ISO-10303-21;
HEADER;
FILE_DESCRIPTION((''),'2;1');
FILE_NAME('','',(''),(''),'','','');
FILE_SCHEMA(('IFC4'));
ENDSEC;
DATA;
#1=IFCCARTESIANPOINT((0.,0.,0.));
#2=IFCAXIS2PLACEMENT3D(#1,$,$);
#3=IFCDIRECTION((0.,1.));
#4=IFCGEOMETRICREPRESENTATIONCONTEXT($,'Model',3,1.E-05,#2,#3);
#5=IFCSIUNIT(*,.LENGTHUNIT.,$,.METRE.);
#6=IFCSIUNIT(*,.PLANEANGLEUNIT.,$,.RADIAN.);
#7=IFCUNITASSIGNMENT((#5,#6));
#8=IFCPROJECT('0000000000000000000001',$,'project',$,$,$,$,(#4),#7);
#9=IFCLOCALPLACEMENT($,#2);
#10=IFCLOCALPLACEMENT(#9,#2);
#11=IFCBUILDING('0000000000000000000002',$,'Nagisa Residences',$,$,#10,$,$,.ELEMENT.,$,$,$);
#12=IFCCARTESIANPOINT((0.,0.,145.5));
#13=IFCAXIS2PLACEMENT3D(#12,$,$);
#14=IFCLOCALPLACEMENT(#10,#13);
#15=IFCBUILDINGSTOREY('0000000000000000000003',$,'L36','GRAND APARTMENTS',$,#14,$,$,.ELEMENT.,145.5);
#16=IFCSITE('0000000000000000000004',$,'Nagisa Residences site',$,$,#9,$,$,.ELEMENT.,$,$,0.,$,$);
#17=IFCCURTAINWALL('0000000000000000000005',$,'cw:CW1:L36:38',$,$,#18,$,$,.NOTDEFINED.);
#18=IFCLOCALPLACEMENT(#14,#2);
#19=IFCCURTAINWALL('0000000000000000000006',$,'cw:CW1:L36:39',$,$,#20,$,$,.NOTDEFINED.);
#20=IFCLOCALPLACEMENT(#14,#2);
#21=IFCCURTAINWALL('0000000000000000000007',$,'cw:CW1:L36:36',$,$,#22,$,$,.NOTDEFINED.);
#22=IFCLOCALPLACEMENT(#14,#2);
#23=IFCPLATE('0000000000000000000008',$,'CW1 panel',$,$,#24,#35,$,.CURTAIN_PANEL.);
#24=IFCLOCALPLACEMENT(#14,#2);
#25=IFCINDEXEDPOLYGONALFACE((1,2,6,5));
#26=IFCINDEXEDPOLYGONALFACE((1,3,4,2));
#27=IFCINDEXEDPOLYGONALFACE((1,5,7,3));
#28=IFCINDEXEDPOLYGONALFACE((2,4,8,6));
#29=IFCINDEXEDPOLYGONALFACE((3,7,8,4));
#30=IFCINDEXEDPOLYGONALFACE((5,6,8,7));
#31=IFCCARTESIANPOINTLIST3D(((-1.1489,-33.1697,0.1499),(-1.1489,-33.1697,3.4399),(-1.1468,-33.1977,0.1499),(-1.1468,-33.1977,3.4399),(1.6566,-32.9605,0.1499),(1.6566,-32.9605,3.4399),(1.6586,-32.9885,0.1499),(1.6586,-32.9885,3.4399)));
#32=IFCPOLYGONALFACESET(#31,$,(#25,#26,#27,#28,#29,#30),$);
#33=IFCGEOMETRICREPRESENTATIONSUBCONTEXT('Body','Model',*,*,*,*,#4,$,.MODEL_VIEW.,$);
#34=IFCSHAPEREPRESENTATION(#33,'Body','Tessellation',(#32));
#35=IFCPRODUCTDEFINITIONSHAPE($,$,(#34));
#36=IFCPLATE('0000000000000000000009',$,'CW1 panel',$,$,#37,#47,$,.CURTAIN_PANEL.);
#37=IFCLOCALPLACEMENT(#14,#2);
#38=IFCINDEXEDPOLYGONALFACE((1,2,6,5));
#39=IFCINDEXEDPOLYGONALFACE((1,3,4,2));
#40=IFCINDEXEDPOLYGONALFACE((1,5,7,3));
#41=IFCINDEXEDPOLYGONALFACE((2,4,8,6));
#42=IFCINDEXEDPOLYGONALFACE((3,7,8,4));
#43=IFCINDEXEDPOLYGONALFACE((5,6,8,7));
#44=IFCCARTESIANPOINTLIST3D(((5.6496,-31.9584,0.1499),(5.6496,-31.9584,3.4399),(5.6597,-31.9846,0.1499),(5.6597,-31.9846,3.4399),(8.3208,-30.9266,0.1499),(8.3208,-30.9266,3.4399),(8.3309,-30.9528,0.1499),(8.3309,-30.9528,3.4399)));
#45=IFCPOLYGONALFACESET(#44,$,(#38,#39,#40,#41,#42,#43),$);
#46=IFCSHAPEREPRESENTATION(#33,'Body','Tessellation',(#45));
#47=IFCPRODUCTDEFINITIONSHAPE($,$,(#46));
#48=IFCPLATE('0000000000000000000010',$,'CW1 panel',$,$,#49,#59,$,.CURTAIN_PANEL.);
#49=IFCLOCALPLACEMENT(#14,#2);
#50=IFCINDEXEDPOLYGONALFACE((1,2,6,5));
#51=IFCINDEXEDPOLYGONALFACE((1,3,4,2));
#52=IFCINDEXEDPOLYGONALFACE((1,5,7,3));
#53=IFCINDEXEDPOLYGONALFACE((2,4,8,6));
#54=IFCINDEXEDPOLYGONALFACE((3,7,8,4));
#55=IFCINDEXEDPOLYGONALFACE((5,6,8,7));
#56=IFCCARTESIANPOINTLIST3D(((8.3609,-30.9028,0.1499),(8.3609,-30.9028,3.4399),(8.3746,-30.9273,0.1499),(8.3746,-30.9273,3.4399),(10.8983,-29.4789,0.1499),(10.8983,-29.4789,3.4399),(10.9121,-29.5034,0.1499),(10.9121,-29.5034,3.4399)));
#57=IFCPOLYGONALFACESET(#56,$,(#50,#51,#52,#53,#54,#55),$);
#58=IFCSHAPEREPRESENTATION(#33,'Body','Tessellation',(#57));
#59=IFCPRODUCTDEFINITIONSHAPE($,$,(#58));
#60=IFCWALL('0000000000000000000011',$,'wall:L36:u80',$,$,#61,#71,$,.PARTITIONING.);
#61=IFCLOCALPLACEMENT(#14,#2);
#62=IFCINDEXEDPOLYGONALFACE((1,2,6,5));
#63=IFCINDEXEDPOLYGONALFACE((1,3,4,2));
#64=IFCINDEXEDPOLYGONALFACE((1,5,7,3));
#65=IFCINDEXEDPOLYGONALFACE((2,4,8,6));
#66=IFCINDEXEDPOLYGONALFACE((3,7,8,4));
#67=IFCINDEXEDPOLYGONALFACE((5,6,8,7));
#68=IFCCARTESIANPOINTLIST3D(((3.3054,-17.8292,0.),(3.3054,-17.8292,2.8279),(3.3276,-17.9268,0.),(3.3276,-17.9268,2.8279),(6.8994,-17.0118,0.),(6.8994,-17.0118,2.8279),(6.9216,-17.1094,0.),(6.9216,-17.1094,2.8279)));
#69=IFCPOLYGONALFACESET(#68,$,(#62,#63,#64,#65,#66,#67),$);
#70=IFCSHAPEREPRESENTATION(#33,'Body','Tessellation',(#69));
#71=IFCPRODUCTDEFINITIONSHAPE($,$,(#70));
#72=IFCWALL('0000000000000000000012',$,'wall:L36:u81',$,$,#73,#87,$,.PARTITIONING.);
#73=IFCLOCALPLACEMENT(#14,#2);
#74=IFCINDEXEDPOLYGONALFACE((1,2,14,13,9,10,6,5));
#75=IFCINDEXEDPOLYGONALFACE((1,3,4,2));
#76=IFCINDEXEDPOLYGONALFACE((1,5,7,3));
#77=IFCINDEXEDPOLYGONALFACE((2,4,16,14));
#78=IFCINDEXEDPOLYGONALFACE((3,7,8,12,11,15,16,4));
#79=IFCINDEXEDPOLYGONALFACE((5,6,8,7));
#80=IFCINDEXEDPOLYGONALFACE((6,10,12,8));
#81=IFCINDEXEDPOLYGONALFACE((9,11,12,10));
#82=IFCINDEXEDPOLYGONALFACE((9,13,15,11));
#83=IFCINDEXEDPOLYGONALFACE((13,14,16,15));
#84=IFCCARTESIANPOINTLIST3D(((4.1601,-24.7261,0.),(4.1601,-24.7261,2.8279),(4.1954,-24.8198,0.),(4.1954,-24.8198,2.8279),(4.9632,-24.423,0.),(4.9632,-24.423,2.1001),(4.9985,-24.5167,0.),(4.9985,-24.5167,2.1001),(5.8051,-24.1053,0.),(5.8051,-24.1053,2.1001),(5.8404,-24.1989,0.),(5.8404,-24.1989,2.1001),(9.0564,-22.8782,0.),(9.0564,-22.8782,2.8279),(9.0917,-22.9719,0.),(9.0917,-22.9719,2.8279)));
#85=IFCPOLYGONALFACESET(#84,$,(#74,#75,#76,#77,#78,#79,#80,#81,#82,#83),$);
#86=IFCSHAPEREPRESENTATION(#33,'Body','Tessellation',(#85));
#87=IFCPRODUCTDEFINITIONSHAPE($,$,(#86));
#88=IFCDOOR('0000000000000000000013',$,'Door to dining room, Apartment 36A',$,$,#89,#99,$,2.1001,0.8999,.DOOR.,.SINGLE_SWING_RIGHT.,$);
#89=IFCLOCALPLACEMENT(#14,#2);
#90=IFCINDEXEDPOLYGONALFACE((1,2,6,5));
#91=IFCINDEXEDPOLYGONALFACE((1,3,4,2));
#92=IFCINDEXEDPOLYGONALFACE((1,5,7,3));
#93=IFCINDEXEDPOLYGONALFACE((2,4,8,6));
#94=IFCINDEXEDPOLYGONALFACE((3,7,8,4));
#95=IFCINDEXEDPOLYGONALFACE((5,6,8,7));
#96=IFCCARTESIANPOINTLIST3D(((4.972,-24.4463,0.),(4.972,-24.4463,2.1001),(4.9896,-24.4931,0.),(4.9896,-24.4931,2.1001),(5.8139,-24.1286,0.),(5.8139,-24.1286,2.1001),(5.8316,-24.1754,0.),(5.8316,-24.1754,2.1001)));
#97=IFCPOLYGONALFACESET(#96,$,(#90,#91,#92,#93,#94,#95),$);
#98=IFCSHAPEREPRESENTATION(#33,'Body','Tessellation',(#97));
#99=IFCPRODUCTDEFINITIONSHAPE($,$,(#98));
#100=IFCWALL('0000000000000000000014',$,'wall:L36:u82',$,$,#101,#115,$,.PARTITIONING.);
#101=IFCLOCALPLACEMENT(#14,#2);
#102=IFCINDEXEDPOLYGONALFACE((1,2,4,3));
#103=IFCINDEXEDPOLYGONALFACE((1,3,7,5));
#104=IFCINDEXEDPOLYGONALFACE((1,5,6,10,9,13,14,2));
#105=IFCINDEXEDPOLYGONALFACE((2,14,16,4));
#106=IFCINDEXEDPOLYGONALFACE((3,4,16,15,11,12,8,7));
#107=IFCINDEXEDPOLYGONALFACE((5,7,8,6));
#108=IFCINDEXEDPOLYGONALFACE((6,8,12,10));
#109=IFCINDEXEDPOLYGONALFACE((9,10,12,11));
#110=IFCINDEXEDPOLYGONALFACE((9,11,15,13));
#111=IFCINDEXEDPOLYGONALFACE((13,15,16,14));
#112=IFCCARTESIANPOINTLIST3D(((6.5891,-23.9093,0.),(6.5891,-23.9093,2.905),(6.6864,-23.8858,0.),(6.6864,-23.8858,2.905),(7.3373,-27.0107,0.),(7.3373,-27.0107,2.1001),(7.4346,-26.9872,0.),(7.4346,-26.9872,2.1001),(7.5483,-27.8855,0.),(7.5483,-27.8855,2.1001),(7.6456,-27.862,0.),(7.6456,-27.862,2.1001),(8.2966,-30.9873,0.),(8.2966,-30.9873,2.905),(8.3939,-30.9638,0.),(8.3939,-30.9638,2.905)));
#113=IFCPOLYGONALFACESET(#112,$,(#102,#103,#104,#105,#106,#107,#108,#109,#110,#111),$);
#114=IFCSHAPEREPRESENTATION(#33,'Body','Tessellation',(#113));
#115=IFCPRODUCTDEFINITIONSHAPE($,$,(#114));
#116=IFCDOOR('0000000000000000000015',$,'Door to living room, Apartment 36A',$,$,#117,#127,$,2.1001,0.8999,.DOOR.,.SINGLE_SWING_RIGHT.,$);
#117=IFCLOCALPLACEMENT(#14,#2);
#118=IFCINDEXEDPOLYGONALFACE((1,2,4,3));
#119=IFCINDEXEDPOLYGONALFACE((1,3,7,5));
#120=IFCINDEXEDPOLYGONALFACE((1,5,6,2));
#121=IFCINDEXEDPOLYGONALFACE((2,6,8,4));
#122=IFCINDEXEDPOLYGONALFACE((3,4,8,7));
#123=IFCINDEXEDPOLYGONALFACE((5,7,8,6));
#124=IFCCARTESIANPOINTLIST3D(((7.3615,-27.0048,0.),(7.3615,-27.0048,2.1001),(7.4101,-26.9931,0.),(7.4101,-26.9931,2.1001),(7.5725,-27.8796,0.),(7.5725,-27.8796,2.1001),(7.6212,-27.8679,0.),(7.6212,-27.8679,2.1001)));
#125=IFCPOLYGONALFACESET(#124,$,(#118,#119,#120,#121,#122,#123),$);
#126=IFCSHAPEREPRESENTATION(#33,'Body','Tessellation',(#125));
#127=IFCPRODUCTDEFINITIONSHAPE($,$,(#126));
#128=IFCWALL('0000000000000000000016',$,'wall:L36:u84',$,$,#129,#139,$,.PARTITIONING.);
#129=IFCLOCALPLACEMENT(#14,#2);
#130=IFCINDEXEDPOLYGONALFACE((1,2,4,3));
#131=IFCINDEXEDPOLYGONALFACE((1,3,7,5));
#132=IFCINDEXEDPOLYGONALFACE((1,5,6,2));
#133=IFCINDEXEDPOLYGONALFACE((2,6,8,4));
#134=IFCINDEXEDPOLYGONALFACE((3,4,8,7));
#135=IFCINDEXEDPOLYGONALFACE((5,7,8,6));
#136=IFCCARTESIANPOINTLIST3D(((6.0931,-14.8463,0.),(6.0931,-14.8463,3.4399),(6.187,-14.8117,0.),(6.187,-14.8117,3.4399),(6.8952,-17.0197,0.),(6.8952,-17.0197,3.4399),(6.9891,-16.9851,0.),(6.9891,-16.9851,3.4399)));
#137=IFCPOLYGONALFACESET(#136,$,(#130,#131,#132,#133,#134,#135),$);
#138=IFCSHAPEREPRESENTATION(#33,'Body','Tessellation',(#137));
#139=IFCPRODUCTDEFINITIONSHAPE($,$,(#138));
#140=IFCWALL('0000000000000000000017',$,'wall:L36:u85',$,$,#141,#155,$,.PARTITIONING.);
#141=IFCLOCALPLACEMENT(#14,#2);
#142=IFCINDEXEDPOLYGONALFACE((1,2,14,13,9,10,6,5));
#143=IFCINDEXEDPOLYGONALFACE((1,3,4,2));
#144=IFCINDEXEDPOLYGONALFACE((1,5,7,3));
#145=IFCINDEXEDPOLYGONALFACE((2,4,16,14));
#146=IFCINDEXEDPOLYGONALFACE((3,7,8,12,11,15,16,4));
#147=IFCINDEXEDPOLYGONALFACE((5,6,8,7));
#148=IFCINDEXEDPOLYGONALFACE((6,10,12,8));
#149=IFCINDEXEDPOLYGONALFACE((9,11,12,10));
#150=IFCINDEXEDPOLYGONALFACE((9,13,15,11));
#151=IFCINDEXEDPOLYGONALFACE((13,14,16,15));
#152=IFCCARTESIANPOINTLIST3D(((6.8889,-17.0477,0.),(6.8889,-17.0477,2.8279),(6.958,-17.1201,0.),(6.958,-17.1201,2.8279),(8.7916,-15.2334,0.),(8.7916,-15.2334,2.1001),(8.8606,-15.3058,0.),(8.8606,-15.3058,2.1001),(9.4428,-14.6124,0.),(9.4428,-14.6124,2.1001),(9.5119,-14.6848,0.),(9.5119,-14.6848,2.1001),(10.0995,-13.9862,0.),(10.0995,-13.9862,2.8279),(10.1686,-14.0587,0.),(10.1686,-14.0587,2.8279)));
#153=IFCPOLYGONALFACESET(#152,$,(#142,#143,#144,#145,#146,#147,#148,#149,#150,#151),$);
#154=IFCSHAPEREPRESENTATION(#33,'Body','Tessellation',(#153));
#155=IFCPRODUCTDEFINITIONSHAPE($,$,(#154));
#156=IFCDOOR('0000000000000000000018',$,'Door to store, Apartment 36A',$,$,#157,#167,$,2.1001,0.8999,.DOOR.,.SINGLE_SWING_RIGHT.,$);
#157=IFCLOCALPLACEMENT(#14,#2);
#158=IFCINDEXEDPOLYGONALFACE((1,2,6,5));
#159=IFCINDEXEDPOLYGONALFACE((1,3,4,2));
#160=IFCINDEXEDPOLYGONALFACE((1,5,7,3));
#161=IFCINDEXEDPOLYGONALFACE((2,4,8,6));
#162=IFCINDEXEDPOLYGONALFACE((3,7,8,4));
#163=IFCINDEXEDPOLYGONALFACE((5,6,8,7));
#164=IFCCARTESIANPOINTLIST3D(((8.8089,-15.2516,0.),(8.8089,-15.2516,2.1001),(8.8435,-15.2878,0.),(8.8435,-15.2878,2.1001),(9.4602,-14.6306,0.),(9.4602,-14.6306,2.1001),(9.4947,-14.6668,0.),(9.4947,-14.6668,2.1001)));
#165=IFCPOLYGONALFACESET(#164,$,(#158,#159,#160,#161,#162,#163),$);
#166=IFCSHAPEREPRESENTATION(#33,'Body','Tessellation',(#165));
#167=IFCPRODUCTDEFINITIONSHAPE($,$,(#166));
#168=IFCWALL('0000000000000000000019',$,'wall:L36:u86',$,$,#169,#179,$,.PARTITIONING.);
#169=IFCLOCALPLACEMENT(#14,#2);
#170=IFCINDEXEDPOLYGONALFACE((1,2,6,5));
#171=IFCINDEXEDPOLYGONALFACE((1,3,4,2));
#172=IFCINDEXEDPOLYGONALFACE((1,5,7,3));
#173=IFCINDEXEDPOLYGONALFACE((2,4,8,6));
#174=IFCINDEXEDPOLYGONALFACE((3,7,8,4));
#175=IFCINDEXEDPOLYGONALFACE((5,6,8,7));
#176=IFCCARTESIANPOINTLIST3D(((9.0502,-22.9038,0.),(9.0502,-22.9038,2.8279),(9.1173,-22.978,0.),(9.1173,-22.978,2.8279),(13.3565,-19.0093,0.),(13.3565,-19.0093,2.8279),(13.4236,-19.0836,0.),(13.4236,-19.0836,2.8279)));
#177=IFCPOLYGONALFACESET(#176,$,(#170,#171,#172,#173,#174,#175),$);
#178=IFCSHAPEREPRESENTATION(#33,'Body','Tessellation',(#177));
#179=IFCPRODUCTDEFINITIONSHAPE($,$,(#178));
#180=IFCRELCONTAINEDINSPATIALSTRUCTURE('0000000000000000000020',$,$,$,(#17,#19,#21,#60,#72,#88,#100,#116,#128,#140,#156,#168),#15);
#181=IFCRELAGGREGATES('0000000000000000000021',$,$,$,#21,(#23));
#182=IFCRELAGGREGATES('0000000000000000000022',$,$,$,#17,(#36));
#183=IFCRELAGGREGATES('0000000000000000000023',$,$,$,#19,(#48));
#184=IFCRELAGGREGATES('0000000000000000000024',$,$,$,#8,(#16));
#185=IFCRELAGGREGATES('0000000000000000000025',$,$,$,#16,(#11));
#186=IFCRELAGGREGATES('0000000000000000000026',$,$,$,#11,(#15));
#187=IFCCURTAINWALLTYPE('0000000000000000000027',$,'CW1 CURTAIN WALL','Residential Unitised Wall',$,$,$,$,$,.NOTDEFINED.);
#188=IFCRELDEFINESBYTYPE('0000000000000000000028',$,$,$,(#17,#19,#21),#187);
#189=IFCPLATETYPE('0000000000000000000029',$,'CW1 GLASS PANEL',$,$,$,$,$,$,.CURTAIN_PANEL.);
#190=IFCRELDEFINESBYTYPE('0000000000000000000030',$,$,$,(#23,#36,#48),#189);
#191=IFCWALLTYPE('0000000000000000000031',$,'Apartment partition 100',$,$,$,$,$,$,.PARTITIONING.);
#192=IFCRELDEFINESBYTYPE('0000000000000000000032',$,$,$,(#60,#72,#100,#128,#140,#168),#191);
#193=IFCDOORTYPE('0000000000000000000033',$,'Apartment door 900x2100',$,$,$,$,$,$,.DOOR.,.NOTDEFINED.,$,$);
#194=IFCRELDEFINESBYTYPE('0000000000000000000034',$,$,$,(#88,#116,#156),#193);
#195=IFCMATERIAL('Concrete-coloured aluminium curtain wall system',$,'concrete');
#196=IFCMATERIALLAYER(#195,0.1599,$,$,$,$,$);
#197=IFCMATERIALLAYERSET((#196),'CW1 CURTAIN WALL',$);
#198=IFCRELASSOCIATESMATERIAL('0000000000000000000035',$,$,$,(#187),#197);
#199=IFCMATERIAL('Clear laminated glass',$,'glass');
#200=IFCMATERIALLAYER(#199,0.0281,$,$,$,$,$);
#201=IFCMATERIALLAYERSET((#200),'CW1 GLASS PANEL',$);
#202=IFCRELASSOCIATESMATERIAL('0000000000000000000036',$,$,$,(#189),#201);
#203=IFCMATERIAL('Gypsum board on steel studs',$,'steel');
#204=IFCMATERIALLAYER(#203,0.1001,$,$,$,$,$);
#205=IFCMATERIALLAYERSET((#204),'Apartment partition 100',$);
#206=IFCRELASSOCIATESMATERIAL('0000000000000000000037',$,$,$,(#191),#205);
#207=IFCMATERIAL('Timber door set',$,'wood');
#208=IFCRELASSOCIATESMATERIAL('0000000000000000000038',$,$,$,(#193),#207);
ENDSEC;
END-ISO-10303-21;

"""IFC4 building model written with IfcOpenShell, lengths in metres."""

from ifc_helpers import new_model, si_unit, direction, frame, frame_2d, origin, origin_2d, place, context, subcontext, project, spatial, rectangle, extrude, material, layer, layer_set, type_object, element, fill, aggregate, save


model = new_model("IFC4")

# Units and contexts
model_context = context("Model", 3, precision=1e-05, world=origin(), true_north=direction((0.0, 1.0)))
body_context = subcontext(model_context, "Body", "Model", "MODEL_VIEW")
ifc_project = project(units=[si_unit("LENGTHUNIT", "METRE"), si_unit("PLANEANGLEUNIT", "RADIAN")], contexts=[model_context])

# Site, building, storey
site_placement = place(None, origin())
site = spatial("IfcSite", under=ifc_project, at=site_placement, Name="Nagisa Residences site", CompositionType="ELEMENT", RefElevation=0.0)
building_placement = place(site_placement, origin())
building = spatial("IfcBuilding", under=site, at=building_placement, Name="Nagisa Residences", CompositionType="ELEMENT")
storey_placement = place(building_placement, frame((0.0, 0.0, 145.5)))
storey = spatial("IfcBuildingStorey", under=building, at=storey_placement, Name="L36", Description="GRAND APARTMENTS", CompositionType="ELEMENT", Elevation=145.5)

# Curtain walls
ifc_material_1 = material(Name="Concrete-coloured aluminium curtain wall system", Category="concrete")
ifc_layer_1 = layer(ifc_material_1, 0.1599)
ifc_layer_set_1 = layer_set([ifc_layer_1], Name="CW1 CURTAIN WALL")
curtain_wall_type = type_object("IfcCurtainWallType", Name="CW1 CURTAIN WALL", Description="Residential Unitised Wall", PredefinedType="NOTDEFINED", material=ifc_layer_set_1)
curtain_wall_1_placement = place(storey_placement, origin())
curtain_wall_1 = element("IfcCurtainWall", 1, at=curtain_wall_1_placement, inside=storey, type_object=curtain_wall_type, Name="cw:CW1:L36:38", PredefinedType="NOTDEFINED")
curtain_wall_2_placement = place(storey_placement, origin())
curtain_wall_2 = element("IfcCurtainWall", 2, at=curtain_wall_2_placement, inside=storey, type_object=curtain_wall_type, Name="cw:CW1:L36:39", PredefinedType="NOTDEFINED")

# Curtain wall, plate
curtain_wall_3_placement = place(storey_placement, origin())
curtain_wall_3 = element("IfcCurtainWall", 3, at=curtain_wall_3_placement, inside=storey, type_object=curtain_wall_type, Name="cw:CW1:L36:36", PredefinedType="NOTDEFINED")
ifc_material_2 = material(Name="Clear laminated glass", Category="glass")
ifc_layer_2 = layer(ifc_material_2, 0.0281)
ifc_layer_set_2 = layer_set([ifc_layer_2], Name="CW1 GLASS PANEL")
plate_type = type_object("IfcPlateType", Name="CW1 GLASS PANEL", PredefinedType="CURTAIN_PANEL", material=ifc_layer_set_2)
plate_1_placement = place(storey_placement, frame((0.2549, -33.0791, 0.1499), z_axis=(0.0, 0.0, 1.0), x_axis=(0.99723, 0.074377, 0.0)))
plate_1 = element("IfcPlate", 4, at=plate_1_placement, type_object=plate_type, Name="CW1 panel", PredefinedType="CURTAIN_PANEL", context=body_context, shape_type="SweptSolid", body=[
    extrude(rectangle(XDim=2.8132, YDim=0.0281, at=origin_2d()), origin(), (0.0, 0.0, 1.0), 3.29),
])
aggregate(curtain_wall_3, [plate_1])

# Plates
plate_2_placement = place(storey_placement, frame((6.9902, -31.4556, 0.1499), z_axis=(0.0, 0.0, 1.0), x_axis=(0.932826, 0.360328, 0.0)))
plate_2 = element("IfcPlate", 5, at=plate_2_placement, type_object=plate_type, Name="CW1 panel", PredefinedType="CURTAIN_PANEL", context=body_context, shape_type="SweptSolid", body=[
    extrude(rectangle(XDim=2.8635, YDim=0.0281, at=origin_2d()), origin(), (0.0, 0.0, 1.0), 3.29),
])
aggregate(curtain_wall_1, [plate_2])
plate_3_placement = place(storey_placement, frame((9.6365, -30.2031, 0.1499), z_axis=(0.0, 0.0, 1.0), x_axis=(0.872072, 0.489377, 0.0)))
plate_3 = element("IfcPlate", 6, at=plate_3_placement, type_object=plate_type, Name="CW1 panel", PredefinedType="CURTAIN_PANEL", context=body_context, shape_type="SweptSolid", body=[
    extrude(rectangle(XDim=2.9097, YDim=0.0281, at=origin_2d()), origin(), (0.0, 0.0, 1.0), 3.29),
])
aggregate(curtain_wall_2, [plate_3])

# Wall
ifc_material_3 = material(Name="Gypsum board on steel studs", Category="steel")
ifc_layer_3 = layer(ifc_material_3, 0.1001)
ifc_layer_set_3 = layer_set([ifc_layer_3], Name="Apartment partition 100")
wall_type_1 = type_object("IfcWallType", Name="Apartment partition 100", PredefinedType="PARTITIONING", material=ifc_layer_set_3)
wall_1_placement = place(storey_placement, frame((3.3167, -17.8779, 0.0), z_axis=(0.0, 0.0, 1.0), x_axis=(0.9751, 0.221767, 0.0)))
element("IfcWall", 7, at=wall_1_placement, inside=storey, type_object=wall_type_1, Name="wall:L36:u80", PredefinedType="PARTITIONING", context=body_context, shape_type="SweptSolid", body=[
    extrude(rectangle(XDim=3.6858, YDim=0.1001, at=frame_2d((1.8428, 0.0))), origin(), (0.0, 0.0, 1.0), 2.8279),
])

# Walls, openings, doors
wall_2_placement = place(storey_placement, frame((4.1777, -24.7729, 0.0), z_axis=(0.0, 0.0, 1.0), x_axis=(0.935585, 0.353101, 0.0)))
wall_2 = element("IfcWall", 8, at=wall_2_placement, inside=storey, type_object=wall_type_1, Name="wall:L36:u81", PredefinedType="PARTITIONING", context=body_context, shape_type="SweptSolid", body=[
    extrude(rectangle(XDim=5.2334, YDim=0.1001, at=frame_2d((2.6167, 0.0))), origin(), (0.0, 0.0, 1.0), 2.8279),
])
opening_1_placement = place(wall_2_placement, frame((0.8584, 0.0, 0.0)))
opening_1 = element("IfcOpeningElement", 9, at=opening_1_placement, cuts=wall_2, PredefinedType="OPENING", context=body_context, shape_type="SweptSolid", body=[
    extrude(rectangle(XDim=0.8999, YDim=2.1001, at=frame_2d((0.45, 1.05))), frame((0.0, 0.0601, 0.0), z_axis=(0.0, -1.0, 0.0), x_axis=(1.0, 0.0, 0.0)), (0.0, 0.0, 1.0), 0.1201),
])
ifc_material_4 = material(Name="Timber door set", Category="wood")
door_type_1 = type_object("IfcDoorType", Name="Apartment door 900x2100", OperationType="NOTDEFINED", PredefinedType="DOOR", material=ifc_material_4)
door_1_placement = place(opening_1_placement, frame((0.8999, 0.0, 0.0), x_axis=(-1.0, 0.0, 0.0)))
door_1 = element("IfcDoor", 10, at=door_1_placement, inside=storey, type_object=door_type_1, Name="Door to dining room, Apartment 36A", OperationType="SINGLE_SWING_RIGHT", OverallHeight=2.1001, OverallWidth=0.8999, PredefinedType="DOOR", context=body_context, shape_type="SweptSolid", body=[
    extrude(rectangle(XDim=0.8999, YDim=2.1001, at=frame_2d((0.45, 1.05))), frame((0.0, 0.0249, 0.0), z_axis=(0.0, -1.0, 0.0), x_axis=(1.0, 0.0, 0.0)), (0.0, 0.0, 1.0), 0.05),
])
fill(opening_1, door_1)
wall_3_placement = place(storey_placement, frame((6.6377, -23.8975, 0.0), z_axis=(0.0, 0.0, 1.0), x_axis=(0.234519, -0.972111, 0.0)))
wall_3 = element("IfcWall", 11, at=wall_3_placement, inside=storey, type_object=wall_type_1, Name="wall:L36:u82", PredefinedType="PARTITIONING", context=body_context, shape_type="SweptSolid", body=[
    extrude(rectangle(XDim=7.281, YDim=0.1001, at=frame_2d((3.6406, 0.0))), origin(), (0.0, 0.0, 1.0), 2.905),
])
opening_2_placement = place(wall_3_placement, frame((3.1904, 0.0, 0.0)))
opening_2 = element("IfcOpeningElement", 12, at=opening_2_placement, cuts=wall_3, PredefinedType="OPENING", context=body_context, shape_type="SweptSolid", body=[
    extrude(rectangle(XDim=0.8999, YDim=2.1001, at=frame_2d((0.45, 1.05))), frame((0.0, 0.0601, 0.0), z_axis=(0.0, -1.0, 0.0), x_axis=(1.0, 0.0, 0.0)), (0.0, 0.0, 1.0), 0.1201),
])
door_2_placement = place(opening_2_placement, origin())
door_2 = element("IfcDoor", 13, at=door_2_placement, inside=storey, type_object=door_type_1, Name="Door to living room, Apartment 36A", OperationType="SINGLE_SWING_RIGHT", OverallHeight=2.1001, OverallWidth=0.8999, PredefinedType="DOOR", context=body_context, shape_type="SweptSolid", body=[
    extrude(rectangle(XDim=0.8999, YDim=2.1001, at=frame_2d((0.45, 1.05))), frame((0.0, 0.0249, 0.0), z_axis=(0.0, -1.0, 0.0), x_axis=(1.0, 0.0, 0.0)), (0.0, 0.0, 1.0), 0.05),
])
fill(opening_2, door_2)

# Wall
wall_4_placement = place(storey_placement, frame((6.1401, -14.8291, 0.0), z_axis=(0.0, 0.0, 1.0), x_axis=(0.346199, -0.938161, 0.0)))
element("IfcWall", 14, at=wall_4_placement, inside=storey, type_object=wall_type_1, Name="wall:L36:u84", PredefinedType="PARTITIONING", context=body_context, shape_type="SweptSolid", body=[
    extrude(rectangle(XDim=2.3167, YDim=0.1001, at=frame_2d((1.1582, 0.0))), origin(), (0.0, 0.0, 1.0), 3.4399),
])

# Wall, opening, door
wall_5_placement = place(storey_placement, frame((6.9233, -17.084, 0.0), z_axis=(0.0, 0.0, 1.0), x_axis=(0.723719, 0.690095, 0.0)))
wall_5 = element("IfcWall", 15, at=wall_5_placement, inside=storey, type_object=wall_type_1, Name="wall:L36:u85", PredefinedType="PARTITIONING", context=body_context, shape_type="SweptSolid", body=[
    extrude(rectangle(XDim=4.4363, YDim=0.1001, at=frame_2d((2.2183, 0.0))), origin(), (0.0, 0.0, 1.0), 2.8279),
])
opening_3_placement = place(wall_5_placement, frame((2.6292, 0.0, 0.0)))
opening_3 = element("IfcOpeningElement", 16, at=opening_3_placement, cuts=wall_5, PredefinedType="OPENING", context=body_context, shape_type="SweptSolid", body=[
    extrude(rectangle(XDim=0.8999, YDim=2.1001, at=frame_2d((0.45, 1.05))), frame((0.0, 0.0601, 0.0), z_axis=(0.0, -1.0, 0.0), x_axis=(1.0, 0.0, 0.0)), (0.0, 0.0, 1.0), 0.1201),
])
door_3_placement = place(opening_3_placement, origin())
door_3 = element("IfcDoor", 17, at=door_3_placement, inside=storey, type_object=door_type_1, Name="Door to store, Apartment 36A", OperationType="SINGLE_SWING_RIGHT", OverallHeight=2.1001, OverallWidth=0.8999, PredefinedType="DOOR", context=body_context, shape_type="SweptSolid", body=[
    extrude(rectangle(XDim=0.8999, YDim=2.1001, at=frame_2d((0.45, 1.05))), frame((0.0, 0.0249, 0.0), z_axis=(0.0, -1.0, 0.0), x_axis=(1.0, 0.0, 0.0)), (0.0, 0.0, 1.0), 0.05),
])
fill(opening_3, door_3)

# Wall
wall_6_placement = place(storey_placement, frame((9.0837, -22.9409, 0.0), z_axis=(0.0, 0.0, 1.0), x_axis=(0.741684, 0.670749, 0.0)))
element("IfcWall", 18, at=wall_6_placement, inside=storey, type_object=wall_type_1, Name="wall:L36:u86", PredefinedType="PARTITIONING", context=body_context, shape_type="SweptSolid", body=[
    extrude(rectangle(XDim=5.8062, YDim=0.1001, at=frame_2d((2.9031, 0.0))), origin(), (0.0, 0.0, 1.0), 2.8279),
])

save(model, "model.ifc")
